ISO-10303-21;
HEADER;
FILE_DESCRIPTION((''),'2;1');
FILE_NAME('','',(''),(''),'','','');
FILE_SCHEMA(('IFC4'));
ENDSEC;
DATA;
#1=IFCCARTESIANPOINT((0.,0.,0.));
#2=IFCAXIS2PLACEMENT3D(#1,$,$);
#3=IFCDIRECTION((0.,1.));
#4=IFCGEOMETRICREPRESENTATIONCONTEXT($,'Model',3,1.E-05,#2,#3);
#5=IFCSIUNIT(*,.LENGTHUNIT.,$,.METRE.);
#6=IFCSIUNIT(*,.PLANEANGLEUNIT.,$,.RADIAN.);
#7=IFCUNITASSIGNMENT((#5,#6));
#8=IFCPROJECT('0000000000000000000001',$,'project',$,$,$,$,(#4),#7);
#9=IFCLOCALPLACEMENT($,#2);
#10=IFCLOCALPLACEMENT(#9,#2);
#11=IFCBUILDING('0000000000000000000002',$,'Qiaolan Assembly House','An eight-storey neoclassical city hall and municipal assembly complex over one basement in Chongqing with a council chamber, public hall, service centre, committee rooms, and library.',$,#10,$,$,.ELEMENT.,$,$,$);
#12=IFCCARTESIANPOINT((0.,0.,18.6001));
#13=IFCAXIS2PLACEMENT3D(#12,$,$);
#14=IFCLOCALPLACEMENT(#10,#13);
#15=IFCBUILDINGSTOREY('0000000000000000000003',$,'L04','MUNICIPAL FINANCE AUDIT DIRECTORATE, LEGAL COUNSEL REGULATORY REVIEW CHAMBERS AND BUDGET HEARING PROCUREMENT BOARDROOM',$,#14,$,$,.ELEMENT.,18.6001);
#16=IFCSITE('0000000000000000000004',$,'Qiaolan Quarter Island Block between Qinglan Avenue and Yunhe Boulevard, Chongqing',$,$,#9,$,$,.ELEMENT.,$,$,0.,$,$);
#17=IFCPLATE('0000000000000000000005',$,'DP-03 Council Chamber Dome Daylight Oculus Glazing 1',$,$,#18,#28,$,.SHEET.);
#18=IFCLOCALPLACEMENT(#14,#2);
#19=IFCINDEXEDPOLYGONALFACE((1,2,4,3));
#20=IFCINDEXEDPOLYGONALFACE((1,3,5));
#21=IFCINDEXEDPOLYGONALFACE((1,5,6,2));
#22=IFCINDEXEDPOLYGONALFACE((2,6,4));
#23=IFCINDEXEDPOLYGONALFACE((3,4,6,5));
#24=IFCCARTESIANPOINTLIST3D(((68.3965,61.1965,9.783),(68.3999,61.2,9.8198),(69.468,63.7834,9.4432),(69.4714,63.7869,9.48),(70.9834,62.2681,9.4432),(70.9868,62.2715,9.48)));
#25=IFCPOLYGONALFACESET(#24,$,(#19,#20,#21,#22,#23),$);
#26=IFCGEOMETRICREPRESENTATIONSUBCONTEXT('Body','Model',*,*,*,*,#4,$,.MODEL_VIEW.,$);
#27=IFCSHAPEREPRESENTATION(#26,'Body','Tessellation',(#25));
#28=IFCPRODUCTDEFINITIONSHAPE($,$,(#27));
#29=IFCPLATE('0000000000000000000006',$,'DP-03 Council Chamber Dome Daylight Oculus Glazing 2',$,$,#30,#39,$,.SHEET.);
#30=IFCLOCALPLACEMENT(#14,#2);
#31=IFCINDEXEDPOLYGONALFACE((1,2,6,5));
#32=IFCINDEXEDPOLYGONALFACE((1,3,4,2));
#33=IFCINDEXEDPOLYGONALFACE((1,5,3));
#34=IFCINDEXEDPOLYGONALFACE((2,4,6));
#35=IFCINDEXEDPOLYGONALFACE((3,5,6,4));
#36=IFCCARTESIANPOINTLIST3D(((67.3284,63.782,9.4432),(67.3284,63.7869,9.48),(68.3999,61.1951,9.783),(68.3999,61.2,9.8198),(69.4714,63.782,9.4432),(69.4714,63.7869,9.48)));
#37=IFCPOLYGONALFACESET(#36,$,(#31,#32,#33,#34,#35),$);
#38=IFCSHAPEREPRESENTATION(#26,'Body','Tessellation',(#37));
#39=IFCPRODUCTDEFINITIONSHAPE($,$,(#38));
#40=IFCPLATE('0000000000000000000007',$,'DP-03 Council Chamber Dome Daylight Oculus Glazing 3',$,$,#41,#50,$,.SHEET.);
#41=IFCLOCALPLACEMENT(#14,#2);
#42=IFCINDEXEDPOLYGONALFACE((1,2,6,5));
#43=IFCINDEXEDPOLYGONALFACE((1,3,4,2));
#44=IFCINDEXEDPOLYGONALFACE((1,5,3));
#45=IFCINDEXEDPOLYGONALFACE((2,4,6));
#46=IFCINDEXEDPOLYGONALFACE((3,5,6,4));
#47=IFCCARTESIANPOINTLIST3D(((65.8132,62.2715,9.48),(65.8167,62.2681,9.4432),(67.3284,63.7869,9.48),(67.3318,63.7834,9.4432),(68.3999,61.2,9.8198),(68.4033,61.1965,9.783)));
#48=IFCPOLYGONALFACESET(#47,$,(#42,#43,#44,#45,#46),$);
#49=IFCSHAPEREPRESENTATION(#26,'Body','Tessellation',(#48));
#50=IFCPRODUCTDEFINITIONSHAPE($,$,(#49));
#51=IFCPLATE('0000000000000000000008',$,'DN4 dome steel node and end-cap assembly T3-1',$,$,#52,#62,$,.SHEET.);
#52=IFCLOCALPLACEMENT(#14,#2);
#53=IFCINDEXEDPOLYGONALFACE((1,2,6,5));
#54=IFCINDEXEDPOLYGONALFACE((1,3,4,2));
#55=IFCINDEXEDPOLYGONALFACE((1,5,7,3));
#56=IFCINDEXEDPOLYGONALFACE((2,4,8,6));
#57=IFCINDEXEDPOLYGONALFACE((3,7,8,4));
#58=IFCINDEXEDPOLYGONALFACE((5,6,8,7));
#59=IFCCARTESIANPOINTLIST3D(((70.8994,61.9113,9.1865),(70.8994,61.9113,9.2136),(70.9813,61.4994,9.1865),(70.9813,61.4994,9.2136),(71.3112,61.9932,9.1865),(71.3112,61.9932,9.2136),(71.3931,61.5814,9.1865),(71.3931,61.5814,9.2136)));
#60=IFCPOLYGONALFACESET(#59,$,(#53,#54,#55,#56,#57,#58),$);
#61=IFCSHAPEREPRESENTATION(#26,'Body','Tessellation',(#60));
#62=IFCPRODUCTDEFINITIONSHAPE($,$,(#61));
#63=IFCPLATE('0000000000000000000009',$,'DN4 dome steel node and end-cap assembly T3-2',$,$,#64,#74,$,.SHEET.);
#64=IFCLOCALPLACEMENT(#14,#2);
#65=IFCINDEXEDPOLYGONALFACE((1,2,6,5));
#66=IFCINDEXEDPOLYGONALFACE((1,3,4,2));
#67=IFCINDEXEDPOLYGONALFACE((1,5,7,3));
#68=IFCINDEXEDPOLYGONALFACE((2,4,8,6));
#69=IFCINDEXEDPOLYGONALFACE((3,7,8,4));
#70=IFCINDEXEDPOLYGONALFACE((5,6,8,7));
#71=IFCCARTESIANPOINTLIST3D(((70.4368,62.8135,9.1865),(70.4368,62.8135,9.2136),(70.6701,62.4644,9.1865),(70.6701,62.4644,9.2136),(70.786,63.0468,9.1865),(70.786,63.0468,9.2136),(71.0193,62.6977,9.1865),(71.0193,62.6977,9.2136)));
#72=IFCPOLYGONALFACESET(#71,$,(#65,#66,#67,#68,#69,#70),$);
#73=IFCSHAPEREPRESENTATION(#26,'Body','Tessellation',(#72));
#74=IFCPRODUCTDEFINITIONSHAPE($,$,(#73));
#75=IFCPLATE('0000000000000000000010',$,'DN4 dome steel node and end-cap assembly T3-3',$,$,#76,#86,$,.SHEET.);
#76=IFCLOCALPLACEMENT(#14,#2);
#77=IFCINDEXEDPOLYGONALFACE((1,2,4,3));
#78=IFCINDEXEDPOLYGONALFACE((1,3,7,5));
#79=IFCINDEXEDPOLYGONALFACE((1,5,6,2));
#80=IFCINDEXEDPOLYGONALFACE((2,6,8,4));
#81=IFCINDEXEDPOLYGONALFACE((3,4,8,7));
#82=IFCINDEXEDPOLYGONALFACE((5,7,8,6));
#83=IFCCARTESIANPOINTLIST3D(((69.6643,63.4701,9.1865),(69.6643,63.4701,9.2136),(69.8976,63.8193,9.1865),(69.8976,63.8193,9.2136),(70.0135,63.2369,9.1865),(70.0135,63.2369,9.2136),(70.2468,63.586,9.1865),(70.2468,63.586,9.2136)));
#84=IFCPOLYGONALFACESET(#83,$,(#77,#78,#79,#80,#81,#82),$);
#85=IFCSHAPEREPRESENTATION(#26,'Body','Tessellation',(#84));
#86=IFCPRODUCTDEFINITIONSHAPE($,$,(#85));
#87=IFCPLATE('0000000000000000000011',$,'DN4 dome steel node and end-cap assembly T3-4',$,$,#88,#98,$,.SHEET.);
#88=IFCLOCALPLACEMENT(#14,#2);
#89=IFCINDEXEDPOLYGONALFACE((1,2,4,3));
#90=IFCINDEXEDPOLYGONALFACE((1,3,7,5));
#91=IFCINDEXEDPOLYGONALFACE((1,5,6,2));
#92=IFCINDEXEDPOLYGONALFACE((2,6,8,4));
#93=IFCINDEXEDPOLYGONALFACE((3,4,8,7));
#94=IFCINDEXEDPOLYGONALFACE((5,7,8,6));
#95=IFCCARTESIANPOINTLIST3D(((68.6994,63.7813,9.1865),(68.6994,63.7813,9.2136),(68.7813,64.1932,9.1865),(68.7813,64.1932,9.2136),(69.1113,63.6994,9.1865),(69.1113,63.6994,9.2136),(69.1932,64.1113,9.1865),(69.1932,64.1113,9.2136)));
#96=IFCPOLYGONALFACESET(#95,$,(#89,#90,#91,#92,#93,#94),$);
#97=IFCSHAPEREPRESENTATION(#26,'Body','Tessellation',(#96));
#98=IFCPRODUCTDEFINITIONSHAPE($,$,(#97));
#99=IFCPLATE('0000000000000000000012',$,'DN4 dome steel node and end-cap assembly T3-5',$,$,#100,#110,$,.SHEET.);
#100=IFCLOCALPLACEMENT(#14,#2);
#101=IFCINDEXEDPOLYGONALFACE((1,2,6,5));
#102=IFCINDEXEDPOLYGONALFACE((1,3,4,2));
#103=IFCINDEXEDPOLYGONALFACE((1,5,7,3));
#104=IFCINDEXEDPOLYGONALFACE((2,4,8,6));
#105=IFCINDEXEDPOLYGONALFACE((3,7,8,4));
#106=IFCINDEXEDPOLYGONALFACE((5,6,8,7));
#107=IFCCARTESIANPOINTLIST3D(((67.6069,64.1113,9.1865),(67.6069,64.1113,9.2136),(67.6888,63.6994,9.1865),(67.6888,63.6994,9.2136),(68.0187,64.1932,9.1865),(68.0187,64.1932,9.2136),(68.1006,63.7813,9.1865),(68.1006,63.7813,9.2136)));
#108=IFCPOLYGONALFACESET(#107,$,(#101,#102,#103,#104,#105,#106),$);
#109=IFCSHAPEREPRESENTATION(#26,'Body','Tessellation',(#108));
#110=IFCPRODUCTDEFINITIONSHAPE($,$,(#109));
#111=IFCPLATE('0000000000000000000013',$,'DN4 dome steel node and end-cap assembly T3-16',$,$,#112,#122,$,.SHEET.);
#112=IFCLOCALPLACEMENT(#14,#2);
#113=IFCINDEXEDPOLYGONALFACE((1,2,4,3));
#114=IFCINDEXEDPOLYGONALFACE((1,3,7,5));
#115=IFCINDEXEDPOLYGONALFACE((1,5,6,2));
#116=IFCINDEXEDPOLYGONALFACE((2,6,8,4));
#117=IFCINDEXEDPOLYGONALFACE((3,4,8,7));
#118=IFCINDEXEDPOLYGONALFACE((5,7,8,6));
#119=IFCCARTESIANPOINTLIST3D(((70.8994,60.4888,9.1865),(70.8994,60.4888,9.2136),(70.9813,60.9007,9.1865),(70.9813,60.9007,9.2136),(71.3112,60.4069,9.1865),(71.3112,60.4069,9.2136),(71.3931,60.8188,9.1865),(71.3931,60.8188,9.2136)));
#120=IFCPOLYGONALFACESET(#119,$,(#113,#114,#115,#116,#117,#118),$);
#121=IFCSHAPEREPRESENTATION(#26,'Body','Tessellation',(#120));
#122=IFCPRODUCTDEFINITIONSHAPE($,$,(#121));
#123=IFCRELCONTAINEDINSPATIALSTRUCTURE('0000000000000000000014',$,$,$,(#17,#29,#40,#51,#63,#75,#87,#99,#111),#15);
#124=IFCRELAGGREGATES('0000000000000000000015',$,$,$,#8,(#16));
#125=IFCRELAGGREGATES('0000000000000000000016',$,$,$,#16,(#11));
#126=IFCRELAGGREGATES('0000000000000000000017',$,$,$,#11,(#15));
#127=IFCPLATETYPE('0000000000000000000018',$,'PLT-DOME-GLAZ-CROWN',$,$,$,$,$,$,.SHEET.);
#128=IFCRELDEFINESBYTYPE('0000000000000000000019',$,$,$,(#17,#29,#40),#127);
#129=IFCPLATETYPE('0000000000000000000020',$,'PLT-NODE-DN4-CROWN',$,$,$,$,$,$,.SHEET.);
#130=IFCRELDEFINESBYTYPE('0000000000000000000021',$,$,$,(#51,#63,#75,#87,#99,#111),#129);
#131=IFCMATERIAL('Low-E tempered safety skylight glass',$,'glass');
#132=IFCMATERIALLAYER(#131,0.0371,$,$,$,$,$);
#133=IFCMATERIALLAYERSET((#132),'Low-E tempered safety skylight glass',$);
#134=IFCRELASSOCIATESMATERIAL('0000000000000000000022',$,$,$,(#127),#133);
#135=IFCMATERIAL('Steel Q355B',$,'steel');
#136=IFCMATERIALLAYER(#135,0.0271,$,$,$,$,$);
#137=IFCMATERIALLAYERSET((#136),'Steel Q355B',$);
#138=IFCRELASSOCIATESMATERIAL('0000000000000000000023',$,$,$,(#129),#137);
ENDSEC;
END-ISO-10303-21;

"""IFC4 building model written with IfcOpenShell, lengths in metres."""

from ifc_helpers import new_model, si_unit, direction, frame, origin, origin_2d, place, context, subcontext, project, spatial, polyline, rectangle, outline, extrude, material, layer, layer_set, type_object, element, save


model = new_model("IFC4")

# Units and contexts
model_context = context("Model", 3, precision=1e-05, world=origin(), true_north=direction((0.0, 1.0)))
body_context = subcontext(model_context, "Body", "Model", "MODEL_VIEW")
ifc_project = project(units=[si_unit("LENGTHUNIT", "METRE"), si_unit("PLANEANGLEUNIT", "RADIAN")], contexts=[model_context])

# Site, building, storey
site_placement = place(None, origin())
site = spatial("IfcSite", under=ifc_project, at=site_placement, Name="Qiaolan Quarter Island Block between Qinglan Avenue and Yunhe Boulevard, Chongqing", CompositionType="ELEMENT", RefElevation=0.0)
building_placement = place(site_placement, origin())
building = spatial("IfcBuilding", under=site, at=building_placement, Name="Qiaolan Assembly House", Description="An eight-storey neoclassical city hall and municipal assembly complex over one basement in Chongqing with a council chamber, public hall, service centre, committee rooms, and library.", CompositionType="ELEMENT")
storey_placement = place(building_placement, frame((0.0, 0.0, 18.6001)))
storey = spatial("IfcBuildingStorey", under=building, at=storey_placement, Name="L04", Description="MUNICIPAL FINANCE AUDIT DIRECTORATE, LEGAL COUNSEL REGULATORY REVIEW CHAMBERS AND BUDGET HEARING PROCUREMENT BOARDROOM", CompositionType="ELEMENT", Elevation=18.6001)

# Shared definitions
ifc_material_1 = material(Name="Steel Q355B", Category="steel")

# Plates
ifc_material_2 = material(Name="Low-E tempered safety skylight glass", Category="glass")
ifc_layer_1 = layer(ifc_material_2, 0.0371)
ifc_layer_set_1 = layer_set([ifc_layer_1], Name="Low-E tempered safety skylight glass")
plate_type_1 = type_object("IfcPlateType", Name="PLT-DOME-GLAZ-CROWN", PredefinedType="SHEET", material=ifc_layer_set_1)
plate_1_placement = place(storey_placement, frame((70.9868, 62.2715, 9.48), z_axis=(0.092102, 0.092102, 0.991481), x_axis=(-0.707107, 0.707107, 0.0)))
element("IfcPlate", 1, at=plate_1_placement, inside=storey, type_object=plate_type_1, Name="DP-03 Council Chamber Dome Daylight Oculus Glazing 1", PredefinedType="SHEET", context=body_context, shape_type="SweptSolid", body=[
    extrude(outline(polyline([(0.0, 0.0), (2.1431, 0.0), (1.0715, 2.6091), (0.0, 0.0)])), origin(), (0.0, 0.0, -1.0), 0.0371),
])
plate_2_placement = place(storey_placement, frame((69.4714, 63.7869, 9.48), z_axis=(0.0, 0.130251, 0.991481), x_axis=(-1.0, 0.0, 0.0)))
element("IfcPlate", 2, at=plate_2_placement, inside=storey, type_object=plate_type_1, Name="DP-03 Council Chamber Dome Daylight Oculus Glazing 2", PredefinedType="SHEET", context=body_context, shape_type="SweptSolid", body=[
    extrude(outline(polyline([(0.0, 0.0), (2.1431, 0.0), (1.0715, 2.6091), (0.0, 0.0)])), origin(), (0.0, 0.0, -1.0), 0.0371),
])
plate_3_placement = place(storey_placement, frame((67.3284, 63.7869, 9.48), z_axis=(-0.092112, 0.092097, 0.99148), x_axis=(-0.70705, -0.707164, 0.0)))
element("IfcPlate", 3, at=plate_3_placement, inside=storey, type_object=plate_type_1, Name="DP-03 Council Chamber Dome Daylight Oculus Glazing 3", PredefinedType="SHEET", context=body_context, shape_type="SweptSolid", body=[
    extrude(outline(polyline([(0.0, 0.0), (2.1429, 0.0), (1.0717, 2.6091), (0.0, 0.0)])), origin(), (0.0, 0.0, -1.0), 0.0371),
])
ifc_layer_2 = layer(ifc_material_1, 0.0271)
ifc_layer_set_2 = layer_set([ifc_layer_2], Name="Steel Q355B")
plate_type_2 = type_object("IfcPlateType", Name="PLT-NODE-DN4-CROWN", PredefinedType="SHEET", material=ifc_layer_set_2)
for number, where, z_axis, x_axis, name in (
    (4, (71.1462, 61.7463, 9.1865), (0.0, 0.0, 1.0), (0.980785, 0.19509, 0.0), "DN4 dome steel node and end-cap assembly T3-1"),
    (5, (70.728, 62.7556, 9.1865), (0.0, 0.0, 1.0), (0.83147, 0.55557, 0.0), "DN4 dome steel node and end-cap assembly T3-2"),
    (6, (69.9556, 63.5281, 9.1865), (0.0, 0.0, 1.0), (0.55557, 0.83147, 0.0), "DN4 dome steel node and end-cap assembly T3-3"),
    (7, (68.9463, 63.9463, 9.1865), (0.0, 0.0, 1.0), (0.19509, 0.980785, 0.0), "DN4 dome steel node and end-cap assembly T3-4"),
    (8, (67.8538, 63.9463, 9.1865), (0.0, 0.0, 1.0), (-0.19509, 0.980785, 0.0), "DN4 dome steel node and end-cap assembly T3-5"),
    (9, (71.1462, 60.6538, 9.1865), (0.0, 0.0, 1.0), (0.980785, -0.19509, 0.0), "DN4 dome steel node and end-cap assembly T3-16"),
):
    element("IfcPlate", number, at=place(storey_placement, frame(where, z_axis=z_axis, x_axis=x_axis)), inside=storey, type_object=plate_type_2, Name=name, PredefinedType="SHEET", context=body_context, shape_type="SweptSolid", body=[
        extrude(rectangle(XDim=0.4199, YDim=0.4199, at=origin_2d()), origin(), (0.0, 0.0, 1.0), 0.0271),
    ])

save(model, "model.ifc")
